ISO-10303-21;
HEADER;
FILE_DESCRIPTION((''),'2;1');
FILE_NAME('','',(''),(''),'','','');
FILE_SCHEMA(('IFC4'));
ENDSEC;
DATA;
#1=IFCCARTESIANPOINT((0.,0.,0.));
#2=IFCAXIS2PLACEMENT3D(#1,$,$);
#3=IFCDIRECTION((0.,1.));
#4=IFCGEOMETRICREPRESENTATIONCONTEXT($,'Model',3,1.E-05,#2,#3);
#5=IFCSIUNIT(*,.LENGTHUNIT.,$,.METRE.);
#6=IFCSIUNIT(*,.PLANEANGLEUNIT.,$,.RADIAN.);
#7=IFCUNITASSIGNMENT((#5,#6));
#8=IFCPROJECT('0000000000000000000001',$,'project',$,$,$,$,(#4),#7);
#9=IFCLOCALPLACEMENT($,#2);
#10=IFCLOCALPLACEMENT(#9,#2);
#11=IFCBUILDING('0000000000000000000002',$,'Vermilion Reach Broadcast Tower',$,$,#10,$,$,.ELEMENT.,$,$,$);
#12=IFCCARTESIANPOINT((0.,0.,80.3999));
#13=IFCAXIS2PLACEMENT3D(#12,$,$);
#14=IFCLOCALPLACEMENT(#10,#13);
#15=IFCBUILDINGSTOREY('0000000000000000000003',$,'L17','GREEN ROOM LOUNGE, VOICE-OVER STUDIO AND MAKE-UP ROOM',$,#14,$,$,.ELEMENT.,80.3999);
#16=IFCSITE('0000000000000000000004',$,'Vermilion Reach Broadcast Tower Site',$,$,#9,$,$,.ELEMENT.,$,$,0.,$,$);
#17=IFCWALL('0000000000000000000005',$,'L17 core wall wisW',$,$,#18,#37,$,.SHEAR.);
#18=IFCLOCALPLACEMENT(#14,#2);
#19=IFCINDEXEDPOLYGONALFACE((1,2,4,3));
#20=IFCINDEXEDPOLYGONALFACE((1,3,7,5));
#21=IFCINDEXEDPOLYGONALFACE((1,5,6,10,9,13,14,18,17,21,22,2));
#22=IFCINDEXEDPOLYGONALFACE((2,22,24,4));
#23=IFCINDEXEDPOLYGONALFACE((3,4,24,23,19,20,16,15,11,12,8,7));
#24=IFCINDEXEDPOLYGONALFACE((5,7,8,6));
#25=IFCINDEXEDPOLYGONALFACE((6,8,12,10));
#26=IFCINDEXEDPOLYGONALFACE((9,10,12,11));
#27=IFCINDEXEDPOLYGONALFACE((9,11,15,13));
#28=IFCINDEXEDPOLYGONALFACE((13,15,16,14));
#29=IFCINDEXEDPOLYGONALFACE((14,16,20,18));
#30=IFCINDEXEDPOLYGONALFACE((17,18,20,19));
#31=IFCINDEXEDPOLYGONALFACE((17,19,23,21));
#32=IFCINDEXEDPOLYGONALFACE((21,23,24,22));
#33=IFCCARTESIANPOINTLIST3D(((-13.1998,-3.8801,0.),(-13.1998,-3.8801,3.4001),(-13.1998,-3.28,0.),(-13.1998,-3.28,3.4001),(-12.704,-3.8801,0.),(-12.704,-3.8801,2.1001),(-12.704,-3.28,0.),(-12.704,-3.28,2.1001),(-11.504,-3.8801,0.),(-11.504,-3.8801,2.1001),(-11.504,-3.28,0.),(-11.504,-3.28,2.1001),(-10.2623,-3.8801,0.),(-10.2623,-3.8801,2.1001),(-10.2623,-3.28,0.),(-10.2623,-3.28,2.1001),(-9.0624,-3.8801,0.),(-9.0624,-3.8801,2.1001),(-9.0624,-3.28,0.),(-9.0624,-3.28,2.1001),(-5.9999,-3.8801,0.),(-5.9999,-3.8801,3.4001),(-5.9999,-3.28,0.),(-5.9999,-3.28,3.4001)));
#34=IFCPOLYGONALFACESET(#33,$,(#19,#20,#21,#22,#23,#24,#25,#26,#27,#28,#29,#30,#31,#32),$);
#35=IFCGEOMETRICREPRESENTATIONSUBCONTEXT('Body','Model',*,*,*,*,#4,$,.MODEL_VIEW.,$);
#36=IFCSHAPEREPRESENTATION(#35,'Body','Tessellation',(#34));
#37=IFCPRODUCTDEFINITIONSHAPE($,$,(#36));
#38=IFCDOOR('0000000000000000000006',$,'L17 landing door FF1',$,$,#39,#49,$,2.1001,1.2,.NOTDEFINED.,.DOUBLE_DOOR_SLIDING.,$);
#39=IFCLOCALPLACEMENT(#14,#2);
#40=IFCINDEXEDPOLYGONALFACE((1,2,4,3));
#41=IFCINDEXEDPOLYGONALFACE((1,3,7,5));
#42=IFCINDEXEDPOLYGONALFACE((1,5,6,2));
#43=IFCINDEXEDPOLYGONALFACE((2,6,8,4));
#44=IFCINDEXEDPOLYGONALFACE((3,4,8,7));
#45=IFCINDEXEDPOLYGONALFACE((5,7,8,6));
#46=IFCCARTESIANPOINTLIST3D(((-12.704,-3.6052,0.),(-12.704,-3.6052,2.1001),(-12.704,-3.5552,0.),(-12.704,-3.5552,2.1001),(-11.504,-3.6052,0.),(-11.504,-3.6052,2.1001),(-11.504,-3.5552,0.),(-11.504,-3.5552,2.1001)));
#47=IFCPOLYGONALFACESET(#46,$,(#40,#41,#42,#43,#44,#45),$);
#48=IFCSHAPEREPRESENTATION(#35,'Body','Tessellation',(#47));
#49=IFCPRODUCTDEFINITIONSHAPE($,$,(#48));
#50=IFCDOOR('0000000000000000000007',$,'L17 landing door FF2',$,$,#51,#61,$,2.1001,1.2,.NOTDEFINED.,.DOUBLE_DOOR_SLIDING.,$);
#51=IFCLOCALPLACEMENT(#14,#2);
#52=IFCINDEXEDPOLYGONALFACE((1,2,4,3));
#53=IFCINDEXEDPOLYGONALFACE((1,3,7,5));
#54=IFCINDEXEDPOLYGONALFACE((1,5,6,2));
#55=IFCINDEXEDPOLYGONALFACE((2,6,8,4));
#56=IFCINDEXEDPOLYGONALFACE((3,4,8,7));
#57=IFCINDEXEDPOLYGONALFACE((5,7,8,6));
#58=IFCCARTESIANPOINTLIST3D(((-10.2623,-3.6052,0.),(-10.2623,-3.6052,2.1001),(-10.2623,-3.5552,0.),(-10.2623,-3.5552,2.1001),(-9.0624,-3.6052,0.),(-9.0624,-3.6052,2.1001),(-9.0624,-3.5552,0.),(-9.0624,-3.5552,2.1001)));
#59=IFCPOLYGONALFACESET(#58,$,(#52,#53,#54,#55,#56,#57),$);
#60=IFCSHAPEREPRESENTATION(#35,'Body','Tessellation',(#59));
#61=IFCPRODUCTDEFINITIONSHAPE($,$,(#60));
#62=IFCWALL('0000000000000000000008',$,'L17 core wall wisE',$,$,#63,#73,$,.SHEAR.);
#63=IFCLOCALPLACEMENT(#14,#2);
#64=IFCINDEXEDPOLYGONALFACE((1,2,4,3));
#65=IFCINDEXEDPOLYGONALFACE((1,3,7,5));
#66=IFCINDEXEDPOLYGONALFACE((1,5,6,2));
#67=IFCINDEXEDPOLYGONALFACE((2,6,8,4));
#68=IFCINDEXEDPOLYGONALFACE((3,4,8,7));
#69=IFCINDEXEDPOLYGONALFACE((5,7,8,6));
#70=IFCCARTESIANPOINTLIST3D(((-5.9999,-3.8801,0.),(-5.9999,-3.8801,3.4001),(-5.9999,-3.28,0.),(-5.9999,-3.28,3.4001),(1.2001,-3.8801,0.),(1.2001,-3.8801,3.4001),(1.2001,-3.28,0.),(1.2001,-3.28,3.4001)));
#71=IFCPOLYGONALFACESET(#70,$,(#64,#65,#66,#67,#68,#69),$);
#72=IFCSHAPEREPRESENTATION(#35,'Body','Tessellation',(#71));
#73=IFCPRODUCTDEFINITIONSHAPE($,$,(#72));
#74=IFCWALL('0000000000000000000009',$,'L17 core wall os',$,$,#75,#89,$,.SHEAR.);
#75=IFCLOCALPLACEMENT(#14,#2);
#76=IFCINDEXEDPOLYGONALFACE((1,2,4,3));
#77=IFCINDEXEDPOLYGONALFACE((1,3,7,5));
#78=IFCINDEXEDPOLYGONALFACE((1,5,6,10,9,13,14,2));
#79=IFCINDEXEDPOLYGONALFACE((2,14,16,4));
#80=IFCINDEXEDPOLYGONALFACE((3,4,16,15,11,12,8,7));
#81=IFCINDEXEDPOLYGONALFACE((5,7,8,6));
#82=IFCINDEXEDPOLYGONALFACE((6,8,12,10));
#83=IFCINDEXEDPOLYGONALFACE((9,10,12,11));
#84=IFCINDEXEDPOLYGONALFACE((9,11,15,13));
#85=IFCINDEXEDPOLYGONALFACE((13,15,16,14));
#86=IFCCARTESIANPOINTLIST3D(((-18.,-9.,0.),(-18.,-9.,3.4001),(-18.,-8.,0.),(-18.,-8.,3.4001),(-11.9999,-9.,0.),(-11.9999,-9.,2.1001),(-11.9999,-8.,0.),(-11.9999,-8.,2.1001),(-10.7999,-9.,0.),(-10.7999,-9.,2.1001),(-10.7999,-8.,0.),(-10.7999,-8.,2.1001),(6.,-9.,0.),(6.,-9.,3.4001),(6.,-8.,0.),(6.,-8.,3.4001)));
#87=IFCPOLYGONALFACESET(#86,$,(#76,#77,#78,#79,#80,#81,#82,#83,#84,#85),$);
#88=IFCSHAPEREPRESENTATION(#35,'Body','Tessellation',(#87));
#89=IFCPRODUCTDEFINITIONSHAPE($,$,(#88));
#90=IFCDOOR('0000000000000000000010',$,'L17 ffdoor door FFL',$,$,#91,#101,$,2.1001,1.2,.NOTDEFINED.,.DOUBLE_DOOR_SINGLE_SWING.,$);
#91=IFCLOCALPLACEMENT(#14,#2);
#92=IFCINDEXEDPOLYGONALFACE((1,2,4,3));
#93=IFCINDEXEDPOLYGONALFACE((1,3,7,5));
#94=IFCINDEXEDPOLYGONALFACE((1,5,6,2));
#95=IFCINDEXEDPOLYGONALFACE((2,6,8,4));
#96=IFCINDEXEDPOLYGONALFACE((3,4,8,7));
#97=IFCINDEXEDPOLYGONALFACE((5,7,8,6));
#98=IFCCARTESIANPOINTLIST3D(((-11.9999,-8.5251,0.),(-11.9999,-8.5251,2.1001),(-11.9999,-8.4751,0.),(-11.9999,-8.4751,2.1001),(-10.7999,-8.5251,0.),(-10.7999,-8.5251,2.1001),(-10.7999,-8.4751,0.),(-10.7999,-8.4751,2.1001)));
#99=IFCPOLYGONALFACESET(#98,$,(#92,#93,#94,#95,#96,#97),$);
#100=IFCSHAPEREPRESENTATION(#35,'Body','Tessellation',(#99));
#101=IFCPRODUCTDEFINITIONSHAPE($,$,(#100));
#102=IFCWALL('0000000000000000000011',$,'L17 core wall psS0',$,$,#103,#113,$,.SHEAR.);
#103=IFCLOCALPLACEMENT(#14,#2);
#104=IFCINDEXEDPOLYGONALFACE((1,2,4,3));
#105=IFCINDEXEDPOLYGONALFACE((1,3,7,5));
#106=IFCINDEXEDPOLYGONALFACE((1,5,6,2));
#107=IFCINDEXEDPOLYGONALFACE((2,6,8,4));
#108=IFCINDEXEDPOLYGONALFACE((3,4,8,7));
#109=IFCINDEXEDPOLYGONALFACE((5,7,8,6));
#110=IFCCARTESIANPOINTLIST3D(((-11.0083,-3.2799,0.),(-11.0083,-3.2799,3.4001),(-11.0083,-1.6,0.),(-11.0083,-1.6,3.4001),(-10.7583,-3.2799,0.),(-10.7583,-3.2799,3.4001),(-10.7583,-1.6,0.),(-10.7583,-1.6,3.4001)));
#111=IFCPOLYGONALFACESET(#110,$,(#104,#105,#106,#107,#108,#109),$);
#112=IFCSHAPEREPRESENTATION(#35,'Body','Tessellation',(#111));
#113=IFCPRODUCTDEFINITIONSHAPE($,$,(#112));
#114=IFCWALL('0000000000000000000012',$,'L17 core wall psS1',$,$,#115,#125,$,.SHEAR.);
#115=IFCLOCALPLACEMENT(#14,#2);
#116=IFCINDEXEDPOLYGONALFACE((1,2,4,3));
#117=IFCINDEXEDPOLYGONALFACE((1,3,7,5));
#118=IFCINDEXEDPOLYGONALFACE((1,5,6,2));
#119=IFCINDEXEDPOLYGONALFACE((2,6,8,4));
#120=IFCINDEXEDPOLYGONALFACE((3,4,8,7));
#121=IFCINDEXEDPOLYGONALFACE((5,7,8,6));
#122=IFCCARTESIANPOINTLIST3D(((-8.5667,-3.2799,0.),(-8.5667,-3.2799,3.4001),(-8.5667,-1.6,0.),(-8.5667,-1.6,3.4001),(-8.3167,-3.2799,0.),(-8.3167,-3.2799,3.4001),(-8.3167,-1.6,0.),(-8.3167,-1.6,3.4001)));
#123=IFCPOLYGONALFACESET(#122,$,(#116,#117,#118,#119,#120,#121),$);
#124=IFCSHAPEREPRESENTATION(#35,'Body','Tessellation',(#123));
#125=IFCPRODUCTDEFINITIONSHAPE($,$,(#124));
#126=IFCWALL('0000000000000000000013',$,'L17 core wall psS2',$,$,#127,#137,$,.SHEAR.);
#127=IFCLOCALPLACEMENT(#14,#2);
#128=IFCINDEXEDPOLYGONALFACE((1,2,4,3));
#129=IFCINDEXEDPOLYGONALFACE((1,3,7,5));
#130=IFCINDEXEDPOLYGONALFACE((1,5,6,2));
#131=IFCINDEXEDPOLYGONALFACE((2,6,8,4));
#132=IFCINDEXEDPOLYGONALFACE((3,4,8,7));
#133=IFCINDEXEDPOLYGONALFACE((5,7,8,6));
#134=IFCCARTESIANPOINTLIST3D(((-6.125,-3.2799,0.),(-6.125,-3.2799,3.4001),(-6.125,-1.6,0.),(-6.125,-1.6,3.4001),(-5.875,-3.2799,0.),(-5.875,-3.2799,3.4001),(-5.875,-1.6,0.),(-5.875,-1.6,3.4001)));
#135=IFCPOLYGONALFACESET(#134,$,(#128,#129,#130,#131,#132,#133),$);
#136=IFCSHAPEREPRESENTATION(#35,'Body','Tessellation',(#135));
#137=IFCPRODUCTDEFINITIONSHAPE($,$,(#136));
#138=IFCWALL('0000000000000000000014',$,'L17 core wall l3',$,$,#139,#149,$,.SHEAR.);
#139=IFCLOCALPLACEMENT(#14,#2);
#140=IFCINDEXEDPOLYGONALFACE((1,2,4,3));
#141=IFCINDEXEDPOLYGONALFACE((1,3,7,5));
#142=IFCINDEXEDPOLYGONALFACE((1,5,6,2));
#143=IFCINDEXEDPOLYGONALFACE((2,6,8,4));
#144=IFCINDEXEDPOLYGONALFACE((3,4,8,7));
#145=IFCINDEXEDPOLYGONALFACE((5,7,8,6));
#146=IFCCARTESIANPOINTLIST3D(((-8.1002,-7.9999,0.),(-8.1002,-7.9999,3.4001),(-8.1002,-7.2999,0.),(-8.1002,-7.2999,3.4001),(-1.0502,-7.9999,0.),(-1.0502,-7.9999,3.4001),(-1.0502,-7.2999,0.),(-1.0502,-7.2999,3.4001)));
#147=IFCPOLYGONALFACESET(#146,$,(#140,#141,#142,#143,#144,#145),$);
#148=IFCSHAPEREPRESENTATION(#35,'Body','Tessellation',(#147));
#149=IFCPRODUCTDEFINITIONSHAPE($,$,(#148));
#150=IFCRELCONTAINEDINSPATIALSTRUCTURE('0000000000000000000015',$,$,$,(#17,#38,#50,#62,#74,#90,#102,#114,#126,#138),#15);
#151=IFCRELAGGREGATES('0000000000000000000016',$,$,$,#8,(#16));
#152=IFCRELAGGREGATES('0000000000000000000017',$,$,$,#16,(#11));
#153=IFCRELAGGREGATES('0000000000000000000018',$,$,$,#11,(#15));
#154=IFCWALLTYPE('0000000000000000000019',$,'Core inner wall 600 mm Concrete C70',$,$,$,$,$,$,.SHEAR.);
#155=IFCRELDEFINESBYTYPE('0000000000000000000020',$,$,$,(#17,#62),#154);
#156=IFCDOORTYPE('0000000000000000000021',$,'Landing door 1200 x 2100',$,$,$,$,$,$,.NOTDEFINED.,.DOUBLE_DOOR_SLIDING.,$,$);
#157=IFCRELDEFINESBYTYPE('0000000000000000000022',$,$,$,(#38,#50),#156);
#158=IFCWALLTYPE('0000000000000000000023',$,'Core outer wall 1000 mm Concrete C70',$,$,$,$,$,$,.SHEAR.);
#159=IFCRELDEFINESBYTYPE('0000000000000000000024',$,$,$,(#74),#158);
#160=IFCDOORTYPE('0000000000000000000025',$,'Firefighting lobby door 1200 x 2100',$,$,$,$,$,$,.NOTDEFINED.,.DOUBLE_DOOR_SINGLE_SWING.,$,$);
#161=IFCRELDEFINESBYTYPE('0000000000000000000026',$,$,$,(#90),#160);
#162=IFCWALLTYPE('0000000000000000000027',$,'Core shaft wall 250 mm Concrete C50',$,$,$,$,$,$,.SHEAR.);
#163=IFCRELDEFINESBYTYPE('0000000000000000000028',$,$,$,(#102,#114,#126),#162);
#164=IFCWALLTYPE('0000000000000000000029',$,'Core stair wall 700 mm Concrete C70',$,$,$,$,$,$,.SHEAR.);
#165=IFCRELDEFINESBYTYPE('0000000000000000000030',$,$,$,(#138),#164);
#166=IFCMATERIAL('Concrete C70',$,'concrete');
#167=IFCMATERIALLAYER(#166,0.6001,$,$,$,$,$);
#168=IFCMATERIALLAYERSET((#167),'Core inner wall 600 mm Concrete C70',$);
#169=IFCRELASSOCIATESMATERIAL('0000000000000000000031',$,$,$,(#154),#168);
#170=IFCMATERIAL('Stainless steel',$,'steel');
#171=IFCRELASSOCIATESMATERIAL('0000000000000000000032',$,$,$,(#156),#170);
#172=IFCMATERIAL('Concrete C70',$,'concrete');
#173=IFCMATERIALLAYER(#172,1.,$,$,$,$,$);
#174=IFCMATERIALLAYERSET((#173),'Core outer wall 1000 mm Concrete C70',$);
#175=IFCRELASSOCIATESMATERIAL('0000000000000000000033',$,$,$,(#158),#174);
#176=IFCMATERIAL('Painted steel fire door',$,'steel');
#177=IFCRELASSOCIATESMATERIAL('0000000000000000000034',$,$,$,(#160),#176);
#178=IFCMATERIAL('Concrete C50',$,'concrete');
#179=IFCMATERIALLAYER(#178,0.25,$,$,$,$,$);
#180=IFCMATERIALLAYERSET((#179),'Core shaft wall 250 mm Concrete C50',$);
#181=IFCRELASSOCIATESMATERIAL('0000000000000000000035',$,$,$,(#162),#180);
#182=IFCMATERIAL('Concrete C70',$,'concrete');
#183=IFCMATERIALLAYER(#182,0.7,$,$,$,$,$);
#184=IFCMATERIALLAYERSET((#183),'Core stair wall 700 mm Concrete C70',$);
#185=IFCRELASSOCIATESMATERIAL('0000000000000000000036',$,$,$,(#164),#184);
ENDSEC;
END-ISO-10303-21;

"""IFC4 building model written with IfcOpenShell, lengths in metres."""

from ifc_helpers import new_model, si_unit, direction, frame, frame_2d, origin, place, context, subcontext, project, spatial, rectangle, extrude, material, layer, layer_set, type_object, element, fill, save


model = new_model("IFC4")

# Units and contexts
model_context = context("Model", 3, precision=1e-05, world=origin(), true_north=direction((0.0, 1.0)))
body_context = subcontext(model_context, "Body", "Model", "MODEL_VIEW")
ifc_project = project(units=[si_unit("LENGTHUNIT", "METRE"), si_unit("PLANEANGLEUNIT", "RADIAN")], contexts=[model_context])

# Site, building, storey
site_placement = place(None, origin())
site = spatial("IfcSite", under=ifc_project, at=site_placement, Name="Vermilion Reach Broadcast Tower Site", CompositionType="ELEMENT", RefElevation=0.0)
building_placement = place(site_placement, origin())
building = spatial("IfcBuilding", under=site, at=building_placement, Name="Vermilion Reach Broadcast Tower", CompositionType="ELEMENT")
storey_placement = place(building_placement, frame((0.0, 0.0, 80.3999)))
storey = spatial("IfcBuildingStorey", under=building, at=storey_placement, Name="L17", Description="GREEN ROOM LOUNGE, VOICE-OVER STUDIO AND MAKE-UP ROOM", CompositionType="ELEMENT", Elevation=80.3999)

# Wall, openings, doors
ifc_material_1 = material(Name="Concrete C70", Category="concrete")
ifc_layer_1 = layer(ifc_material_1, 0.6001)
ifc_layer_set_1 = layer_set([ifc_layer_1], Name="Core inner wall 600 mm Concrete C70")
wall_type_1 = type_object("IfcWallType", Name="Core inner wall 600 mm Concrete C70", PredefinedType="SHEAR", material=ifc_layer_set_1)
wall_1_placement = place(storey_placement, frame((-13.2, -3.5801, 0.0), z_axis=(0.0, 0.0, 1.0), x_axis=(1.0, 0.0, 0.0)))
wall_1 = element("IfcWall", 1, at=wall_1_placement, inside=storey, type_object=wall_type_1, Name="L17 core wall wisW", PredefinedType="SHEAR", context=body_context, shape_type="SweptSolid", body=[
    extrude(rectangle(XDim=7.2, YDim=0.6001, at=frame_2d((3.6001, 0.0))), origin(), (0.0, 0.0, 1.0), 3.4001),
])
opening_1_placement = place(wall_1_placement, frame((0.4958, 0.0, 0.0)))
opening_1 = element("IfcOpeningElement", 2, at=opening_1_placement, cuts=wall_1, PredefinedType="OPENING", context=body_context, shape_type="SweptSolid", body=[
    extrude(rectangle(XDim=1.2, YDim=2.1001, at=frame_2d((0.6001, 1.05))), frame((0.0, 0.3101, 0.0), z_axis=(0.0, -1.0, 0.0), x_axis=(1.0, 0.0, 0.0)), (0.0, 0.0, 1.0), 0.6201),
])
opening_2_placement = place(wall_1_placement, frame((2.9375, 0.0, 0.0)))
opening_2 = element("IfcOpeningElement", 3, at=opening_2_placement, cuts=wall_1, PredefinedType="OPENING", context=body_context, shape_type="SweptSolid", body=[
    extrude(rectangle(XDim=1.2, YDim=2.1001, at=frame_2d((0.6001, 1.05))), frame((0.0, 0.3101, 0.0), z_axis=(0.0, -1.0, 0.0), x_axis=(1.0, 0.0, 0.0)), (0.0, 0.0, 1.0), 0.6201),
])
ifc_material_2 = material(Name="Stainless steel", Category="steel")
door_type_1 = type_object("IfcDoorType", Name="Landing door 1200 x 2100", OperationType="DOUBLE_DOOR_SLIDING", PredefinedType="NOTDEFINED", material=ifc_material_2)
door_1_placement = place(opening_1_placement, origin())
door_1 = element("IfcDoor", 4, at=door_1_placement, inside=storey, type_object=door_type_1, Name="L17 landing door FF1", OperationType="DOUBLE_DOOR_SLIDING", OverallHeight=2.1001, OverallWidth=1.2, PredefinedType="NOTDEFINED", context=body_context, shape_type="SweptSolid", body=[
    extrude(rectangle(XDim=1.2, YDim=2.1001, at=frame_2d((0.6001, 1.05))), frame((0.0, 0.0249, 0.0), z_axis=(0.0, -1.0, 0.0), x_axis=(1.0, 0.0, 0.0)), (0.0, 0.0, 1.0), 0.05),
])
fill(opening_1, door_1)
door_2_placement = place(opening_2_placement, origin())
door_2 = element("IfcDoor", 5, at=door_2_placement, inside=storey, type_object=door_type_1, Name="L17 landing door FF2", OperationType="DOUBLE_DOOR_SLIDING", OverallHeight=2.1001, OverallWidth=1.2, PredefinedType="NOTDEFINED", context=body_context, shape_type="SweptSolid", body=[
    extrude(rectangle(XDim=1.2, YDim=2.1001, at=frame_2d((0.6001, 1.05))), frame((0.0, 0.0249, 0.0), z_axis=(0.0, -1.0, 0.0), x_axis=(1.0, 0.0, 0.0)), (0.0, 0.0, 1.0), 0.05),
])
fill(opening_2, door_2)

# Wall
wall_2_placement = place(storey_placement, frame((-6.0, -3.5801, 0.0), z_axis=(0.0, 0.0, 1.0), x_axis=(1.0, 0.0, 0.0)))
element("IfcWall", 6, at=wall_2_placement, inside=storey, type_object=wall_type_1, Name="L17 core wall wisE", PredefinedType="SHEAR", context=body_context, shape_type="SweptSolid", body=[
    extrude(rectangle(XDim=7.2, YDim=0.6001, at=frame_2d((3.6001, 0.0))), origin(), (0.0, 0.0, 1.0), 3.4001),
])

# Wall, opening, door
ifc_material_3 = material(Name="Concrete C70", Category="concrete")
ifc_layer_2 = layer(ifc_material_3, 1.0)
ifc_layer_set_2 = layer_set([ifc_layer_2], Name="Core outer wall 1000 mm Concrete C70")
wall_type_2 = type_object("IfcWallType", Name="Core outer wall 1000 mm Concrete C70", PredefinedType="SHEAR", material=ifc_layer_set_2)
wall_3_placement = place(storey_placement, frame((-18.0, -8.5, 0.0), z_axis=(0.0, 0.0, 1.0), x_axis=(1.0, 0.0, 0.0)))
wall_3 = element("IfcWall", 7, at=wall_3_placement, inside=storey, type_object=wall_type_2, Name="L17 core wall os", PredefinedType="SHEAR", context=body_context, shape_type="SweptSolid", body=[
    extrude(rectangle(XDim=24.0, YDim=1.0, at=frame_2d((12.0, 0.0))), origin(), (0.0, 0.0, 1.0), 3.4001),
])
opening_3_placement = place(wall_3_placement, frame((6.0, 0.0, 0.0)))
opening_3 = element("IfcOpeningElement", 8, at=opening_3_placement, cuts=wall_3, PredefinedType="OPENING", context=body_context, shape_type="SweptSolid", body=[
    extrude(rectangle(XDim=1.2, YDim=2.1001, at=frame_2d((0.6001, 1.05))), frame((0.0, 0.51, 0.0), z_axis=(0.0, -1.0, 0.0), x_axis=(1.0, 0.0, 0.0)), (0.0, 0.0, 1.0), 1.02),
])
ifc_material_4 = material(Name="Painted steel fire door", Category="steel")
door_type_2 = type_object("IfcDoorType", Name="Firefighting lobby door 1200 x 2100", OperationType="DOUBLE_DOOR_SINGLE_SWING", PredefinedType="NOTDEFINED", material=ifc_material_4)
door_3_placement = place(opening_3_placement, origin())
door_3 = element("IfcDoor", 9, at=door_3_placement, inside=storey, type_object=door_type_2, Name="L17 ffdoor door FFL", OperationType="DOUBLE_DOOR_SINGLE_SWING", OverallHeight=2.1001, OverallWidth=1.2, PredefinedType="NOTDEFINED", context=body_context, shape_type="SweptSolid", body=[
    extrude(rectangle(XDim=1.2, YDim=2.1001, at=frame_2d((0.6001, 1.05))), frame((0.0, 0.0249, 0.0), z_axis=(0.0, -1.0, 0.0), x_axis=(1.0, 0.0, 0.0)), (0.0, 0.0, 1.0), 0.05),
])
fill(opening_3, door_3)

# Walls
ifc_material_5 = material(Name="Concrete C50", Category="concrete")
ifc_layer_3 = layer(ifc_material_5, 0.25)
ifc_layer_set_3 = layer_set([ifc_layer_3], Name="Core shaft wall 250 mm Concrete C50")
wall_type_3 = type_object("IfcWallType", Name="Core shaft wall 250 mm Concrete C50", PredefinedType="SHEAR", material=ifc_layer_set_3)
for number, where, z_axis, x_axis, name in (
    (10, (-10.8833, -1.6001, 0.0), (0.0, 0.0, 1.0), (0.0, -1.0, 0.0), "L17 core wall psS0"),
    (11, (-8.4417, -1.6001, 0.0), (0.0, 0.0, 1.0), (0.0, -1.0, 0.0), "L17 core wall psS1"),
    (12, (-6.0, -1.6001, 0.0), (0.0, 0.0, 1.0), (0.0, -1.0, 0.0), "L17 core wall psS2"),
):
    element("IfcWall", number, at=place(storey_placement, frame(where, z_axis=z_axis, x_axis=x_axis)), inside=storey, type_object=wall_type_3, Name=name, PredefinedType="SHEAR", context=body_context, shape_type="SweptSolid", body=[
        extrude(rectangle(XDim=1.6799, YDim=0.25, at=frame_2d((0.8398, 0.0))), origin(), (0.0, 0.0, 1.0), 3.4001),
    ])
ifc_material_6 = material(Name="Concrete C70", Category="concrete")
ifc_layer_4 = layer(ifc_material_6, 0.7)
ifc_layer_set_4 = layer_set([ifc_layer_4], Name="Core stair wall 700 mm Concrete C70")
wall_type_4 = type_object("IfcWallType", Name="Core stair wall 700 mm Concrete C70", PredefinedType="SHEAR", material=ifc_layer_set_4)
wall_4_placement = place(storey_placement, frame((-8.1001, -7.6499, 0.0), z_axis=(0.0, 0.0, 1.0), x_axis=(1.0, 0.0, 0.0)))
element("IfcWall", 13, at=wall_4_placement, inside=storey, type_object=wall_type_4, Name="L17 core wall l3", PredefinedType="SHEAR", context=body_context, shape_type="SweptSolid", body=[
    extrude(rectangle(XDim=7.05, YDim=0.7, at=frame_2d((3.5249, 0.0))), origin(), (0.0, 0.0, 1.0), 3.4001),
])

save(model, "model.ifc")
